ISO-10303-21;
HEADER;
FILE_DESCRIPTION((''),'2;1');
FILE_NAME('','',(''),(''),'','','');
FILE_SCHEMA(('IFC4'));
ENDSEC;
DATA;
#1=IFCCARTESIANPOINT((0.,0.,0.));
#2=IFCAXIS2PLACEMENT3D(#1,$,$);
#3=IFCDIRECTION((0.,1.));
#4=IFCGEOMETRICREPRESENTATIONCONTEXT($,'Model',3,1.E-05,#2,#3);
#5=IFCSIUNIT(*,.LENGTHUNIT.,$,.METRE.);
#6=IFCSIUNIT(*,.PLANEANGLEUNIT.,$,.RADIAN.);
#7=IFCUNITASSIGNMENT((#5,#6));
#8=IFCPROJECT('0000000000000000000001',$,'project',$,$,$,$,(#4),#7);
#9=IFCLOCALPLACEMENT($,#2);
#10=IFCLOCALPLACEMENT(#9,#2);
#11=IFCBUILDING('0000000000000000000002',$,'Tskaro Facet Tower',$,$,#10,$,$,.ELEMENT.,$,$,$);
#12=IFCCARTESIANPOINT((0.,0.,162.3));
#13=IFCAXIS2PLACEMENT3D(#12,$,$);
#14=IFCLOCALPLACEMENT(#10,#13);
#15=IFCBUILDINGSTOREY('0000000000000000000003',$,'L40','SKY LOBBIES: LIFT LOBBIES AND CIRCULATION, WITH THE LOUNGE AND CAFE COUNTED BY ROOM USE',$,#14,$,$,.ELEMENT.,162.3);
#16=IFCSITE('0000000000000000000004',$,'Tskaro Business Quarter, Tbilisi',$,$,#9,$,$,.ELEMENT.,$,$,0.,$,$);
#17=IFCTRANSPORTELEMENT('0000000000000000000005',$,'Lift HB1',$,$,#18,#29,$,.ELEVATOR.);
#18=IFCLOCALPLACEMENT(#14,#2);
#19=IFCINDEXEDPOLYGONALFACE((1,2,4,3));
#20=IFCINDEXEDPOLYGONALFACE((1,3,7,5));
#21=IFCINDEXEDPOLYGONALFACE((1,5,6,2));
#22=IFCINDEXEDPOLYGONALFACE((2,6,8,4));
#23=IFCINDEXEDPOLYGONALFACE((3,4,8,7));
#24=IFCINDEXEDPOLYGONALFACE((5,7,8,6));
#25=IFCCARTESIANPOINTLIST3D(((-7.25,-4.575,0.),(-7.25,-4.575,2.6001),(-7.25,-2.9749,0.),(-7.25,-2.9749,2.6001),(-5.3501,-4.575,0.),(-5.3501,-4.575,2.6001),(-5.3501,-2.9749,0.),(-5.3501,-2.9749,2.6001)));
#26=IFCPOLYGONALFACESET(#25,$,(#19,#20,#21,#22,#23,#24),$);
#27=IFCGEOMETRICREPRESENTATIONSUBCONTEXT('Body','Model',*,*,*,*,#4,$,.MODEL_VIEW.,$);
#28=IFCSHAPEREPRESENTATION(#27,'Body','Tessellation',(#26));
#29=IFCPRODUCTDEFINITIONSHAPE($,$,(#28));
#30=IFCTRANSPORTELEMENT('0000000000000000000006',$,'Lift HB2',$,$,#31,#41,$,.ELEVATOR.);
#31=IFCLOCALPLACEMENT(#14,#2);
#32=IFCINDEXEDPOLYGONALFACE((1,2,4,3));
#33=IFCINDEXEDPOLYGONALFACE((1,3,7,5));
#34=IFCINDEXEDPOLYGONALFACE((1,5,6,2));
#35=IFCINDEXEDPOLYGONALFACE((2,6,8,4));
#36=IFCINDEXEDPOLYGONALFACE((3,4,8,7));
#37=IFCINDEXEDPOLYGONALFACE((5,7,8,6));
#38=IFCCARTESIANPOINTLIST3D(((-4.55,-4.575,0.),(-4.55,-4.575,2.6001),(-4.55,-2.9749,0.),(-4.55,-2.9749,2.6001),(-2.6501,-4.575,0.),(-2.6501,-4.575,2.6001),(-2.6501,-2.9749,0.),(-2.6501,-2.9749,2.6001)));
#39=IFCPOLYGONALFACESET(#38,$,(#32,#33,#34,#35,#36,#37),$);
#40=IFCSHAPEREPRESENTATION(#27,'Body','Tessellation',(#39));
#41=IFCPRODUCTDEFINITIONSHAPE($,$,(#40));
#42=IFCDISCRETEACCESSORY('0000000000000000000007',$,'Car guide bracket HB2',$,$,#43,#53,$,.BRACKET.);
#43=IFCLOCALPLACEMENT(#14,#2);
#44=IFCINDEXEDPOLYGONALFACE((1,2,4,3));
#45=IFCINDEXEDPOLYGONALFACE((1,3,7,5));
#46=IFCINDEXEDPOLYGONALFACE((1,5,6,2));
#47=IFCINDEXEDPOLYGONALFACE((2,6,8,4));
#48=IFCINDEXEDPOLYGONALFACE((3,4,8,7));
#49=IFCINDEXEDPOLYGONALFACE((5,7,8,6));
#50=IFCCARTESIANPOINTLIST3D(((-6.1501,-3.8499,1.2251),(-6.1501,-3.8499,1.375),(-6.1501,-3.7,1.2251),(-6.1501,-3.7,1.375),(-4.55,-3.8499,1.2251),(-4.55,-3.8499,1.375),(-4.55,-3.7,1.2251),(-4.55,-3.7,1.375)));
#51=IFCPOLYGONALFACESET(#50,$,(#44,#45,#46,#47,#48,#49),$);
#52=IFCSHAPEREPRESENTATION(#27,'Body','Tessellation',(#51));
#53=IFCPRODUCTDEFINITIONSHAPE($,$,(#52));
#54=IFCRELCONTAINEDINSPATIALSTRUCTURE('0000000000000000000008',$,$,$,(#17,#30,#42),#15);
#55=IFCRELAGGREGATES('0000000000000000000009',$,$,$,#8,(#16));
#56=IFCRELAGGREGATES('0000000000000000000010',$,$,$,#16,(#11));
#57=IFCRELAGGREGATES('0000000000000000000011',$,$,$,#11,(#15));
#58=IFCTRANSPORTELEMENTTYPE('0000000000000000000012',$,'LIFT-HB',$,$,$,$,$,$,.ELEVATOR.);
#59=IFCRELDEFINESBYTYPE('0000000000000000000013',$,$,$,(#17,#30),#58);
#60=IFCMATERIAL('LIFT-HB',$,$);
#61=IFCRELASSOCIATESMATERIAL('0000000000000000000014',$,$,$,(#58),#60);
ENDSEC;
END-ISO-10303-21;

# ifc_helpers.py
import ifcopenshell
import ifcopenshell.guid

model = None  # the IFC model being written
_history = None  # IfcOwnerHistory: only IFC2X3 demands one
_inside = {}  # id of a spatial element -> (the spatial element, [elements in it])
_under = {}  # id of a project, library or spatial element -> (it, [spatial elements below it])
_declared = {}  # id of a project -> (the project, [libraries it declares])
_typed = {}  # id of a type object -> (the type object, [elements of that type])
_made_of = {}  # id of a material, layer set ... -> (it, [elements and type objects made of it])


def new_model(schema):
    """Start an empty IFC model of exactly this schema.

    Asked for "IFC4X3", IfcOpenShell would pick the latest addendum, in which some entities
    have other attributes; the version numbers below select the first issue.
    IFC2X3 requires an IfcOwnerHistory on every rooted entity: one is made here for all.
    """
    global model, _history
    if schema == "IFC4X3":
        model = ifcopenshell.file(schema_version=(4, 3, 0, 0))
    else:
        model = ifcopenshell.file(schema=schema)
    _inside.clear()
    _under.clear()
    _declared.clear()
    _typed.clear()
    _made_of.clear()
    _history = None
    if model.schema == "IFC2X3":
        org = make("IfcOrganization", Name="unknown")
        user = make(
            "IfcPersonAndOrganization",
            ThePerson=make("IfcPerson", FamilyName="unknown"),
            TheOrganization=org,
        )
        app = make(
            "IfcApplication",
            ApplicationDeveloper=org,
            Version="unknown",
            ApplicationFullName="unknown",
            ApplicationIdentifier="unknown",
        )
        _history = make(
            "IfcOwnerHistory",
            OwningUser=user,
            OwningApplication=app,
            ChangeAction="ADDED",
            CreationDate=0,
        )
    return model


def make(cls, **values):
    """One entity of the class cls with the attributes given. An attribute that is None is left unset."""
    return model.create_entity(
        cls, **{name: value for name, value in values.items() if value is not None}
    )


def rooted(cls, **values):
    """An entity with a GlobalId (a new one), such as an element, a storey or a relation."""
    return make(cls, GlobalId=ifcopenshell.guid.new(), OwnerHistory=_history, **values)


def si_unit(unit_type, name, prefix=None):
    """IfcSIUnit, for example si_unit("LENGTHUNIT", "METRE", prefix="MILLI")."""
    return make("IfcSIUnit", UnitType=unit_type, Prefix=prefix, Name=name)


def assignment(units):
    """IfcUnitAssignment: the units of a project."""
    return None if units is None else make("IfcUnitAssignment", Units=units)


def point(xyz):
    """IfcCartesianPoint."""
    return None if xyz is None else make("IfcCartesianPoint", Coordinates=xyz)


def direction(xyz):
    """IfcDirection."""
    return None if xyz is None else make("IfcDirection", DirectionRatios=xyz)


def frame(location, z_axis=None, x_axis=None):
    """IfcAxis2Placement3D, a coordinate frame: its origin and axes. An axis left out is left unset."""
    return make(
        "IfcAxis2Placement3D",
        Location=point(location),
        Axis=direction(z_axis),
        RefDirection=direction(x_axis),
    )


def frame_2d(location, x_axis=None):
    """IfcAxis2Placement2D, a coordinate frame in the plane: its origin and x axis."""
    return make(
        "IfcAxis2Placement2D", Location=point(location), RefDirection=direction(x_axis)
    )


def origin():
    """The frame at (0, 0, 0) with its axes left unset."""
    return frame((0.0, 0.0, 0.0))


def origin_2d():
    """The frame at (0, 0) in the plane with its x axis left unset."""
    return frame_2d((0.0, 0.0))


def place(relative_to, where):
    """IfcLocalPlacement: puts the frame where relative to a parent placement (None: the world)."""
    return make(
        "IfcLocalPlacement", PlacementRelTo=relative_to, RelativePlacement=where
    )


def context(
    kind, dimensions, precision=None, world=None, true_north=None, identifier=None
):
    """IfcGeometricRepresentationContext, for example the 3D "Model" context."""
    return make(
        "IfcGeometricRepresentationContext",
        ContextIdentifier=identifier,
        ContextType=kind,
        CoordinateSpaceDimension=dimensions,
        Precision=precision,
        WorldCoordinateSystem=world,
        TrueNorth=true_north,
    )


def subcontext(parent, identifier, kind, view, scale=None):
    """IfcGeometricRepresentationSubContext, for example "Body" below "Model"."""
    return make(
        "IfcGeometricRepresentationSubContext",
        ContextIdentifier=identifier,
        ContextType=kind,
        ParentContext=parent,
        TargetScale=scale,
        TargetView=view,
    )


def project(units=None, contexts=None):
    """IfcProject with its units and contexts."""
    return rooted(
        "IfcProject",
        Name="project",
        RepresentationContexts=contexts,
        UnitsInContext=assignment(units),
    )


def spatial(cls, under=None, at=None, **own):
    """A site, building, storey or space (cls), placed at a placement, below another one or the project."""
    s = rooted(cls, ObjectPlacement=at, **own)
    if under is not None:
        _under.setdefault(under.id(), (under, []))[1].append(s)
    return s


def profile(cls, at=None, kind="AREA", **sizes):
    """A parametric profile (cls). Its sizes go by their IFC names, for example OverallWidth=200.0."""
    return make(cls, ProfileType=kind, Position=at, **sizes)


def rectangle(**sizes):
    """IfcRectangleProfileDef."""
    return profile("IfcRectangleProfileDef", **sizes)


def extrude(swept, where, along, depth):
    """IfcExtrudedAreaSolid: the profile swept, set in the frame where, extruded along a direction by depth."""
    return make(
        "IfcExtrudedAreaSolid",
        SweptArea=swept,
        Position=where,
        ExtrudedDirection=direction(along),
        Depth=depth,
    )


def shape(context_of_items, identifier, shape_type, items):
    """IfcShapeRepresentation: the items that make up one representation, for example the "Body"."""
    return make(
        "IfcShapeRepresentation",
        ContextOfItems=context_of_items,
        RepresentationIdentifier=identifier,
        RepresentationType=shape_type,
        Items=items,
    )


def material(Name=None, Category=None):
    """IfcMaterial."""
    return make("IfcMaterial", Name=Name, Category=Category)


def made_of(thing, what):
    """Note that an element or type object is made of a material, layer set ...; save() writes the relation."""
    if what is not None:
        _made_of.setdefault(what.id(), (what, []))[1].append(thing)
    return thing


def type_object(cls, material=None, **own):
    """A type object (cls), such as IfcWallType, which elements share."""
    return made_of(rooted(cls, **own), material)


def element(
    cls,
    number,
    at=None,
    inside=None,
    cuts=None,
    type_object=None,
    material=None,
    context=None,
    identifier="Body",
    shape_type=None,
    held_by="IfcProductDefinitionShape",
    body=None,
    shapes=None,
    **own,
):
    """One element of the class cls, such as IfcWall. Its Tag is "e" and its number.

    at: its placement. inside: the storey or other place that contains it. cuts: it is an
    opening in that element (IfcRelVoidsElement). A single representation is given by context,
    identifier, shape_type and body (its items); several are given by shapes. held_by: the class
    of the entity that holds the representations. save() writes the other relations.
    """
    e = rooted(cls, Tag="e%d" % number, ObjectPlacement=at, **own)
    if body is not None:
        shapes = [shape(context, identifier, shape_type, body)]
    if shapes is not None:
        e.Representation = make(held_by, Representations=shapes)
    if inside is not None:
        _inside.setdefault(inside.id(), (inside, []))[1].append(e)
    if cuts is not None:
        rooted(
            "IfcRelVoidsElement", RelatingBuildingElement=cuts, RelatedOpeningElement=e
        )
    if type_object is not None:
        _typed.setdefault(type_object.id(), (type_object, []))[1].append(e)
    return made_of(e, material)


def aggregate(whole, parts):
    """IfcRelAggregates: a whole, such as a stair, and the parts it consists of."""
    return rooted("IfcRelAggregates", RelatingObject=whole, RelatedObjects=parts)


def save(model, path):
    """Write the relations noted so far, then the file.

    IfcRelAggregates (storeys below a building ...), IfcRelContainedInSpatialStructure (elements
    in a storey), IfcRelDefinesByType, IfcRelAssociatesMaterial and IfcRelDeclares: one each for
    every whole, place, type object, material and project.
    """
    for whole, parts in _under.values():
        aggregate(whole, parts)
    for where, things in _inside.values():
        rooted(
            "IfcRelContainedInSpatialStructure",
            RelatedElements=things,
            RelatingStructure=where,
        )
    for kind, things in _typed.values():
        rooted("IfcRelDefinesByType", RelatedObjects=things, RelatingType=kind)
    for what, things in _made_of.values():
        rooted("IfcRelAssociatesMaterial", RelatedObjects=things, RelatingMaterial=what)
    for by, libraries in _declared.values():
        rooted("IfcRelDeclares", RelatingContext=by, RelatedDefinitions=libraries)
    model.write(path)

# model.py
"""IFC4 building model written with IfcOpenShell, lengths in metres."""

from ifc_helpers import new_model, si_unit, direction, frame, origin, origin_2d, place, context, subcontext, project, spatial, rectangle, extrude, material, type_object, element, save


model = new_model("IFC4")

# Units and contexts
model_context = context("Model", 3, precision=1e-05, world=origin(), true_north=direction((0.0, 1.0)))
body_context = subcontext(model_context, "Body", "Model", "MODEL_VIEW")
ifc_project = project(units=[si_unit("LENGTHUNIT", "METRE"), si_unit("PLANEANGLEUNIT", "RADIAN")], contexts=[model_context])

# Site, building, storey
site_placement = place(None, origin())
site = spatial("IfcSite", under=ifc_project, at=site_placement, Name="Tskaro Business Quarter, Tbilisi", CompositionType="ELEMENT", RefElevation=0.0)
building_placement = place(site_placement, origin())
building = spatial("IfcBuilding", under=site, at=building_placement, Name="Tskaro Facet Tower", CompositionType="ELEMENT")
storey_placement = place(building_placement, frame((0.0, 0.0, 162.3)))
storey = spatial("IfcBuildingStorey", under=building, at=storey_placement, Name="L40", Description="SKY LOBBIES: LIFT LOBBIES AND CIRCULATION, WITH THE LOUNGE AND CAFE COUNTED BY ROOM USE", CompositionType="ELEMENT", Elevation=162.3)

# Transport elements
ifc_material_1 = material(Name="LIFT-HB")
transport_element_type = type_object("IfcTransportElementType", Name="LIFT-HB", PredefinedType="ELEVATOR", material=ifc_material_1)
for number, where, z_axis, x_axis, name in (
    (1, (-6.3, -3.7749, 0.0), (0.0, 0.0, 1.0), (1.0, 0.0, 0.0), "Lift HB1"),
    (2, (-3.6001, -3.7749, 0.0), (0.0, 0.0, 1.0), (1.0, 0.0, 0.0), "Lift HB2"),
):
    element("IfcTransportElement", number, at=place(storey_placement, frame(where, z_axis=z_axis, x_axis=x_axis)), inside=storey, type_object=transport_element_type, Name=name, PredefinedType="ELEVATOR", context=body_context, shape_type="SweptSolid", body=[
        extrude(rectangle(XDim=1.8999, YDim=1.6001, at=origin_2d()), origin(), (0.0, 0.0, 1.0), 2.6001),
    ])

# Discrete accessory
discrete_accessory_placement = place(storey_placement, frame((-5.3501, -3.7749, 1.2251), z_axis=(0.0, 0.0, 1.0), x_axis=(1.0, 0.0, 0.0)))
element("IfcDiscreteAccessory", 3, at=discrete_accessory_placement, inside=storey, Name="Car guide bracket HB2", PredefinedType="BRACKET", context=body_context, shape_type="SweptSolid", body=[
    extrude(rectangle(XDim=1.6001, YDim=0.1499, at=origin_2d()), origin(), (0.0, 0.0, 1.0), 0.1499),
])

save(model, "model.ifc")
